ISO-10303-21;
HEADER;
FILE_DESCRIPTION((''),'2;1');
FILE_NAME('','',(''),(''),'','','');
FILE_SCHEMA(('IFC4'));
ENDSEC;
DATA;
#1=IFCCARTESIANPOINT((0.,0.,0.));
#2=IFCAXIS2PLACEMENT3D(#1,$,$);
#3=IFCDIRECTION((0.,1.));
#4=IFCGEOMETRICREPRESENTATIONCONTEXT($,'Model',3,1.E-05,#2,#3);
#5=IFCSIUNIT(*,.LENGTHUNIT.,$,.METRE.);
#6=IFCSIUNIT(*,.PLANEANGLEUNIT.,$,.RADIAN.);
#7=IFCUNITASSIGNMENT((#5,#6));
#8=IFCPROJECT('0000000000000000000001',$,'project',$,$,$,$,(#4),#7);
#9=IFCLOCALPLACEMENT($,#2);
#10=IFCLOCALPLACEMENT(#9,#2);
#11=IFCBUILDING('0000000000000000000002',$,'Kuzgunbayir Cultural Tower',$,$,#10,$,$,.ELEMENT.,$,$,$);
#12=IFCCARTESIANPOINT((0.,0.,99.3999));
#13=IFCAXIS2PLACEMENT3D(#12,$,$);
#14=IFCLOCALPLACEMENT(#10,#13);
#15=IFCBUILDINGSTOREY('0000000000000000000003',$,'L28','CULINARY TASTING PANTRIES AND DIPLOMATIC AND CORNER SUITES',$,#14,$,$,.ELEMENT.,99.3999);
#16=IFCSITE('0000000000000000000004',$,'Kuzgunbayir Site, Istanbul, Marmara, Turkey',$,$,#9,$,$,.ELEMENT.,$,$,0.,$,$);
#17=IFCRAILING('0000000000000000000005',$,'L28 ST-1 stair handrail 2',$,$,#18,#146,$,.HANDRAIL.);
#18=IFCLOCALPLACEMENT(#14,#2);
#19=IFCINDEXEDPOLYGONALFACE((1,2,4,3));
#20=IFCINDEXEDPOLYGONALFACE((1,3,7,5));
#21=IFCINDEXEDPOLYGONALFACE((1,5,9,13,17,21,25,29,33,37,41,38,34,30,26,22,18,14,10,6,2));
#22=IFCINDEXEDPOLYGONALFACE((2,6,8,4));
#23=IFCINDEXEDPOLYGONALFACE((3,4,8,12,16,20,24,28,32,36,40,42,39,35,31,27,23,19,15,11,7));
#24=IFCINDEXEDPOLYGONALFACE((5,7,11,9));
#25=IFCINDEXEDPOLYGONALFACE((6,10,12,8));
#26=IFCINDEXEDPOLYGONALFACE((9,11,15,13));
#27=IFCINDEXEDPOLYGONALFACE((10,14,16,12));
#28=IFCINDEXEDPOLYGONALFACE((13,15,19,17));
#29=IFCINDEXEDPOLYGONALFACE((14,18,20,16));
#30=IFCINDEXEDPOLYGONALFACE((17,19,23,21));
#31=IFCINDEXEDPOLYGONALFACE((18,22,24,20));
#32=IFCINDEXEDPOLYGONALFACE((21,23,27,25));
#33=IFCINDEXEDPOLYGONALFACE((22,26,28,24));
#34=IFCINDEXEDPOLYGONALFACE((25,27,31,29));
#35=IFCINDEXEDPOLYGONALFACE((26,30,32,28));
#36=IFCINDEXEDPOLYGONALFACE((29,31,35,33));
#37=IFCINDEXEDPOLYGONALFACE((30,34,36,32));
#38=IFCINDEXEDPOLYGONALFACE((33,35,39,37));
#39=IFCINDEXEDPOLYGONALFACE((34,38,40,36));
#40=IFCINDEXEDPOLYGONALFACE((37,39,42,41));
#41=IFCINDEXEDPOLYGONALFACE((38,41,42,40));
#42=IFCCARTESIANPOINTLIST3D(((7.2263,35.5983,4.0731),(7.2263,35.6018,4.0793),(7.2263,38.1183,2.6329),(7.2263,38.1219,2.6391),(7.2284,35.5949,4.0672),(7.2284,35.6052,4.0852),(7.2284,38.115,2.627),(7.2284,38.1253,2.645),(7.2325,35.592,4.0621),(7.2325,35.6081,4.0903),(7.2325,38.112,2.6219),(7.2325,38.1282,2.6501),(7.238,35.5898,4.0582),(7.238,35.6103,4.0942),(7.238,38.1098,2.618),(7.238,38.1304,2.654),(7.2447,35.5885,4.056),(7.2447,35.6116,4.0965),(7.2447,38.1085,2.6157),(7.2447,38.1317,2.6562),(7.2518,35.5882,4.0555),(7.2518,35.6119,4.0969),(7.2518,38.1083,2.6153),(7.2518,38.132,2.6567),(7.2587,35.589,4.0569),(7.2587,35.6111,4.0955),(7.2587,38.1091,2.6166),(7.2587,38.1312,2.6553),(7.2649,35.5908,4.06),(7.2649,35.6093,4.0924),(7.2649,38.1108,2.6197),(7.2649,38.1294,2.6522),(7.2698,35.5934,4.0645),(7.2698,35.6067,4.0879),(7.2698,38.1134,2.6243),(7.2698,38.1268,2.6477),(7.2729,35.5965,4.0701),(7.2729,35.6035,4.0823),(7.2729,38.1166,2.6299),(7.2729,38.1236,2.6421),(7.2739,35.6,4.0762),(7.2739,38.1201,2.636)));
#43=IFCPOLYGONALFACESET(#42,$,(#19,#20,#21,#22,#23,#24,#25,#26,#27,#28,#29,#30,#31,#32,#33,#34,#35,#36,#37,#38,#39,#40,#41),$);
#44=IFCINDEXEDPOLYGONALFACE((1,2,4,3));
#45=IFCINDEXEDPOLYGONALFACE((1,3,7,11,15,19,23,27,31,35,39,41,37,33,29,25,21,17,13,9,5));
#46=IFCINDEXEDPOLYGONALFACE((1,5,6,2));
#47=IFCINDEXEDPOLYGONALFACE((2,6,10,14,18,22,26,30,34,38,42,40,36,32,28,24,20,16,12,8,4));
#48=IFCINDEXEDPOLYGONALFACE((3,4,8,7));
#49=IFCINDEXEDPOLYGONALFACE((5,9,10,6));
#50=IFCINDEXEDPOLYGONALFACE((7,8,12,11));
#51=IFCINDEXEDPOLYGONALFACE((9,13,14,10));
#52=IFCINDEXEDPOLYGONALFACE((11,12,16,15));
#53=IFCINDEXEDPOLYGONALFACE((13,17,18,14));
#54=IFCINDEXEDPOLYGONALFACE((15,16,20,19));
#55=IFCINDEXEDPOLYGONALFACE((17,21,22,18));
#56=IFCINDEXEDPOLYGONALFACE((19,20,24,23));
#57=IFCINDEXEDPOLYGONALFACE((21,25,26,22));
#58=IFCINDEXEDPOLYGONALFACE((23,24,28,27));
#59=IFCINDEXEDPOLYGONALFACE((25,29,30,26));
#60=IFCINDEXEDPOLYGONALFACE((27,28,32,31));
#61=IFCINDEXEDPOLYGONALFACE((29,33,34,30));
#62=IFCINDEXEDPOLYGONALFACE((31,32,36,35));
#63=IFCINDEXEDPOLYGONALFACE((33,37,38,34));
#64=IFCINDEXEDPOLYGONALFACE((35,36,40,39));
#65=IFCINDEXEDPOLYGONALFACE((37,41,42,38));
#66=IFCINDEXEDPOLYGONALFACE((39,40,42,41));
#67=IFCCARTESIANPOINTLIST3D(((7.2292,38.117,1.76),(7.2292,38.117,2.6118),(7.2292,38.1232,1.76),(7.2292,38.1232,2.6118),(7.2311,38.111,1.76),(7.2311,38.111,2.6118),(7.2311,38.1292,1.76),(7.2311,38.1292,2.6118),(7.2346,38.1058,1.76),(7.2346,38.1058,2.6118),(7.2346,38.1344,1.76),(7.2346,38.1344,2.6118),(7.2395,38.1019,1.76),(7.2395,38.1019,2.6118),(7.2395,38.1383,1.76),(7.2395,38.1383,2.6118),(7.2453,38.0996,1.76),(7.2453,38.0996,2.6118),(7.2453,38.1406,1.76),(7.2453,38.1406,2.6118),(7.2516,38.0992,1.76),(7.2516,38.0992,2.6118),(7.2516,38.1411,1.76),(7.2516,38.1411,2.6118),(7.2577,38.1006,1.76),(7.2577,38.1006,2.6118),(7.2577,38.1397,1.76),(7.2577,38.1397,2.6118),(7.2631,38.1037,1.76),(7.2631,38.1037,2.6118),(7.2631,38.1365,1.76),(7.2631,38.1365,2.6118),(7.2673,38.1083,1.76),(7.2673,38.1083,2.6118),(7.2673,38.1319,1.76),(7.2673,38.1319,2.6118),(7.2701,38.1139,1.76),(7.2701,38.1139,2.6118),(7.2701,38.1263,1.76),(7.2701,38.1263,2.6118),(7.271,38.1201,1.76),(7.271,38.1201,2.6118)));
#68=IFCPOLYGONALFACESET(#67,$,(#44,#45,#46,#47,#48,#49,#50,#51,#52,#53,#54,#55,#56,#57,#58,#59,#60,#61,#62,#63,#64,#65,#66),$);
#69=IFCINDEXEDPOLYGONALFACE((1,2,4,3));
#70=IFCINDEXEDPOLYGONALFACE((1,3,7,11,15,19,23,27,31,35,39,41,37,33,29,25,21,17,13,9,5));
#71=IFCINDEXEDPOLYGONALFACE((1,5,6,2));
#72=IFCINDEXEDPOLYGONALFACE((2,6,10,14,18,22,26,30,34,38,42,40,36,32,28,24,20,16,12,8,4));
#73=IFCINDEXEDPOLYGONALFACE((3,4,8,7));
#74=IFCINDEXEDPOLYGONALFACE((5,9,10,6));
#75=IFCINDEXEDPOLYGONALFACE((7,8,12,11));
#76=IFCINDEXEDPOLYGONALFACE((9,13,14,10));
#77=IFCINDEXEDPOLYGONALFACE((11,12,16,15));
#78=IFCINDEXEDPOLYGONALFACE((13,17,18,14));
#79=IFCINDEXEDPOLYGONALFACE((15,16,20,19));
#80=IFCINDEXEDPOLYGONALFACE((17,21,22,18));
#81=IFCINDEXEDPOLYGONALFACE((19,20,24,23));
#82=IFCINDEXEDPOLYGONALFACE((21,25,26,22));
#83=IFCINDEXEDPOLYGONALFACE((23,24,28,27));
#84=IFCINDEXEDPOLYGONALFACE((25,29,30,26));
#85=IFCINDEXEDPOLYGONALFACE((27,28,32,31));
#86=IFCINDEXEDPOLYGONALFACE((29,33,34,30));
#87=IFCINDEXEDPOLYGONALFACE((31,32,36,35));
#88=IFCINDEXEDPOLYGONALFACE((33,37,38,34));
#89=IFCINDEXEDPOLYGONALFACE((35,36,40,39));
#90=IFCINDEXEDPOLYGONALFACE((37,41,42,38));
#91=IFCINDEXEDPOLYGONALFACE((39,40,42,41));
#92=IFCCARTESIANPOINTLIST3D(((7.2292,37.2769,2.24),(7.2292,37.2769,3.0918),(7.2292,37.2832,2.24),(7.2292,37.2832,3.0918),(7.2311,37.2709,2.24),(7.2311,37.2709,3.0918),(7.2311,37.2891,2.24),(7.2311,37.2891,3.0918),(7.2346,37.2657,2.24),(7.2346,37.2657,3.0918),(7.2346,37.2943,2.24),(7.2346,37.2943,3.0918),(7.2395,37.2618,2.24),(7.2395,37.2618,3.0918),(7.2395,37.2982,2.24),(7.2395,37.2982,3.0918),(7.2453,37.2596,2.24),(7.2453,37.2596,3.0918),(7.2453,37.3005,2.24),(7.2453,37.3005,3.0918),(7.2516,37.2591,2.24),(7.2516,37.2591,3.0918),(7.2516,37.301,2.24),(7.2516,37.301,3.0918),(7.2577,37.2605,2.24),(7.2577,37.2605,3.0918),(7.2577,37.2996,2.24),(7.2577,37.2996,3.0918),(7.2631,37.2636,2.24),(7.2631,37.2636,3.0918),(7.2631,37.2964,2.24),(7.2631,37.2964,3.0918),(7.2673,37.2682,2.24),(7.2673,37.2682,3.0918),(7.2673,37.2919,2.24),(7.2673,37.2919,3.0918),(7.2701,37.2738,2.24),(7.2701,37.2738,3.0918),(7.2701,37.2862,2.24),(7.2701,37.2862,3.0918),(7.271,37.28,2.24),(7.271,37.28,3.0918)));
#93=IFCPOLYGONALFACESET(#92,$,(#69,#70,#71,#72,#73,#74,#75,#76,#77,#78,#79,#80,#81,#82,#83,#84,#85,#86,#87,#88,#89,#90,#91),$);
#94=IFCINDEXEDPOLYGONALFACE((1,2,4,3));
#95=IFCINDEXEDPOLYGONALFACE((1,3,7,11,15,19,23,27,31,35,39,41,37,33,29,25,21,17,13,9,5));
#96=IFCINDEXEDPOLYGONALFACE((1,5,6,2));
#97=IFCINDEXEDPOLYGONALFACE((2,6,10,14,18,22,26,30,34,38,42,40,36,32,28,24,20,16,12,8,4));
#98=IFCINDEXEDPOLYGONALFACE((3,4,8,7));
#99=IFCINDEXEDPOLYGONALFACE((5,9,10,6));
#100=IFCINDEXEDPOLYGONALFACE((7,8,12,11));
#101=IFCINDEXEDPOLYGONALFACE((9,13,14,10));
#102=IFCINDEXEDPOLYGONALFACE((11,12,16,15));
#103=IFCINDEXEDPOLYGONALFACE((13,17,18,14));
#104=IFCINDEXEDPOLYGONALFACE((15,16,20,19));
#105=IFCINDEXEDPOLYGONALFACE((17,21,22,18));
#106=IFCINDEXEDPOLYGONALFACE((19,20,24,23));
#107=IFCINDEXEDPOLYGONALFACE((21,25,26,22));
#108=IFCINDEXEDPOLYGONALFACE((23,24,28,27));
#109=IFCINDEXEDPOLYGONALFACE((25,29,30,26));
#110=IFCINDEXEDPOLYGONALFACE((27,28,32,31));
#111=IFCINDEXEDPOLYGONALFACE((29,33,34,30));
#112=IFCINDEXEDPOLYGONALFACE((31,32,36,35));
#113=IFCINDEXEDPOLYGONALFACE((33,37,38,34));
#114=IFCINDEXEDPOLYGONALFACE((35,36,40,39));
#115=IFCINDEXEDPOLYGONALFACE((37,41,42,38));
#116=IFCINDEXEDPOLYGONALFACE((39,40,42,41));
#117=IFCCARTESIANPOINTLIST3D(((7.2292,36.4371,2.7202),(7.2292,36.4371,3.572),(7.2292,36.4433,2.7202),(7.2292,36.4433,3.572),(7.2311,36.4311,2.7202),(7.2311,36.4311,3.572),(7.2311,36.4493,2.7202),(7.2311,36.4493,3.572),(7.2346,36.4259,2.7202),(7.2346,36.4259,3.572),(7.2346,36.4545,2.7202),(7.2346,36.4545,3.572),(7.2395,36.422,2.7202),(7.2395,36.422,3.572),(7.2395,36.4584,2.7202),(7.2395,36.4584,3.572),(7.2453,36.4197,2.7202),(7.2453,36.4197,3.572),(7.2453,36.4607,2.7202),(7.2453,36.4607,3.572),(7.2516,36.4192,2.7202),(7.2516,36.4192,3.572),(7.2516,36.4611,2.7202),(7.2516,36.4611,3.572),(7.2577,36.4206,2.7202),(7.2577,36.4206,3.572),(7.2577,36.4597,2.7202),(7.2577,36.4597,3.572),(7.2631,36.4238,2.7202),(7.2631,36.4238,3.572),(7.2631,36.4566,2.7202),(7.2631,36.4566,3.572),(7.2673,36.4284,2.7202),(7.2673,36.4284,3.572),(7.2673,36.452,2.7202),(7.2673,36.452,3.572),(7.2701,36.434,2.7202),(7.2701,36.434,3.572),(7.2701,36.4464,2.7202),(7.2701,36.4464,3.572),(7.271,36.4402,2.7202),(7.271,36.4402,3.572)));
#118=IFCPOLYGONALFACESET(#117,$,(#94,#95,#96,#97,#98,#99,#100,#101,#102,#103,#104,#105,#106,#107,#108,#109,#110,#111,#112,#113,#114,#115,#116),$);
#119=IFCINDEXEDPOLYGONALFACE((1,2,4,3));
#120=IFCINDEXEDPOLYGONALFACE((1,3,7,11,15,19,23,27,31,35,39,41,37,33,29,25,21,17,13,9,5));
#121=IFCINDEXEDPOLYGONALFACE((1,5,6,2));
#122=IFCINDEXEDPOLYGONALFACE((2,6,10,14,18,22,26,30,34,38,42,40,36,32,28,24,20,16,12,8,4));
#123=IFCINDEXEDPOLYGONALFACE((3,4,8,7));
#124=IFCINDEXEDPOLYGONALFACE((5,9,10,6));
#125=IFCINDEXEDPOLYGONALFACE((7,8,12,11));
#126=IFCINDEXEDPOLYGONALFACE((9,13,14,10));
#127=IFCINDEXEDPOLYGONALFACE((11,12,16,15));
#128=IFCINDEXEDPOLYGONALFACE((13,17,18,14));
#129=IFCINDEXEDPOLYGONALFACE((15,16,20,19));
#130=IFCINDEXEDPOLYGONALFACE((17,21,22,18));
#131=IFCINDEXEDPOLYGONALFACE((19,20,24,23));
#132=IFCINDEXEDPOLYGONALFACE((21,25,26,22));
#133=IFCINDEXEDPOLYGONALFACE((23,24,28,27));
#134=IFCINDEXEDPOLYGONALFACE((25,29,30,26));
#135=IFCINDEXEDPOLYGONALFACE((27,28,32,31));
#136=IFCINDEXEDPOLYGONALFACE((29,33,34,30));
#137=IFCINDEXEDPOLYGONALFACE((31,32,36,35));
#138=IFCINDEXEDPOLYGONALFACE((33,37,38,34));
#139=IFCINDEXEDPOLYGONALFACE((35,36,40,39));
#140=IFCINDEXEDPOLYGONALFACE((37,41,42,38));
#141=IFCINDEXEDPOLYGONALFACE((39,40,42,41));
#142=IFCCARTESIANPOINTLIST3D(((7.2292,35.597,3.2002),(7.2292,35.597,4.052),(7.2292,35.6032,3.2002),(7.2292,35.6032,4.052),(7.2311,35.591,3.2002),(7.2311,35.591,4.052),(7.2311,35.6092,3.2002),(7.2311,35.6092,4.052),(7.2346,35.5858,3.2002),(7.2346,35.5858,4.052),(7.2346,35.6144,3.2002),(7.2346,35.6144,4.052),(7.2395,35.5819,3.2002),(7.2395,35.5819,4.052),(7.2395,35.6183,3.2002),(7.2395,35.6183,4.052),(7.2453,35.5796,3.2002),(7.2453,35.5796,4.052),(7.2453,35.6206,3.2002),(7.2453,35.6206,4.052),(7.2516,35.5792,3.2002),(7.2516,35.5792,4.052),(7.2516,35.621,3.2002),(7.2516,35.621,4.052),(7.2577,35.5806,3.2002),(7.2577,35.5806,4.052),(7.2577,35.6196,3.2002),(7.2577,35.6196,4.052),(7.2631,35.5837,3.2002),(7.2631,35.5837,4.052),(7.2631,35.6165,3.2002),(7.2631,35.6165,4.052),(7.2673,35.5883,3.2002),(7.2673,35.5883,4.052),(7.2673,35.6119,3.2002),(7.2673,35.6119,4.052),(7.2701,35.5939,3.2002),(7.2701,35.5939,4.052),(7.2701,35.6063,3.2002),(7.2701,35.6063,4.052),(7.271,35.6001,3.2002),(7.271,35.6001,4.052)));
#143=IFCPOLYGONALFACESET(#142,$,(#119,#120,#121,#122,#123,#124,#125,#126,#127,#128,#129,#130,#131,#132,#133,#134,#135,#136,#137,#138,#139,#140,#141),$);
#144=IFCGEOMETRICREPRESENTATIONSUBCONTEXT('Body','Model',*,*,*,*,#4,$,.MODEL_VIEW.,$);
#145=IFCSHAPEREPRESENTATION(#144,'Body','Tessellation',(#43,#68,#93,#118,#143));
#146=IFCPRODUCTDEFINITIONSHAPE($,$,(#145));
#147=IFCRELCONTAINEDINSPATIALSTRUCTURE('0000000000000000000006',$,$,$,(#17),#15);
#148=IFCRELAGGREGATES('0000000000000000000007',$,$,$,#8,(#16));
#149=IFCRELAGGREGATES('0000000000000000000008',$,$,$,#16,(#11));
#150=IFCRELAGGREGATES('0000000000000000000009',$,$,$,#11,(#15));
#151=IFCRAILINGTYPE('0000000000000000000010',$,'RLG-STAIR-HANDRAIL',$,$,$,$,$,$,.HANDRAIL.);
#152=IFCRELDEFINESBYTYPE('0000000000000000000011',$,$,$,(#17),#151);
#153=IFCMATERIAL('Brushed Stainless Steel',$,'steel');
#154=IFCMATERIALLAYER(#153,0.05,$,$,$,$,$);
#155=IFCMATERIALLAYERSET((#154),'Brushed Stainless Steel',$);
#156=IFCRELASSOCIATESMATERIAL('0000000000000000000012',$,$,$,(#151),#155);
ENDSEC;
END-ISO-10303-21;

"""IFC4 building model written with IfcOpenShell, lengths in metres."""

from ifc_helpers import new_model, si_unit, direction, frame, origin, origin_2d, place, context, subcontext, project, spatial, circle, extrude, material, layer, layer_set, type_object, element, save


model = new_model("IFC4")

# Units and contexts
model_context = context("Model", 3, precision=1e-05, world=origin(), true_north=direction((0.0, 1.0)))
body_context = subcontext(model_context, "Body", "Model", "MODEL_VIEW")
ifc_project = project(units=[si_unit("LENGTHUNIT", "METRE"), si_unit("PLANEANGLEUNIT", "RADIAN")], contexts=[model_context])

# Site, building, storey
site_placement = place(None, origin())
site = spatial("IfcSite", under=ifc_project, at=site_placement, Name="Kuzgunbayir Site, Istanbul, Marmara, Turkey", CompositionType="ELEMENT", RefElevation=0.0)
building_placement = place(site_placement, origin())
building = spatial("IfcBuilding", under=site, at=building_placement, Name="Kuzgunbayir Cultural Tower", CompositionType="ELEMENT")
storey_placement = place(building_placement, frame((0.0, 0.0, 99.3999)))
storey = spatial("IfcBuildingStorey", under=building, at=storey_placement, Name="L28", Description="CULINARY TASTING PANTRIES AND DIPLOMATIC AND CORNER SUITES", CompositionType="ELEMENT", Elevation=99.3999)

# Shared definitions
ifc_material_1 = material(Name="Brushed Stainless Steel", Category="steel")

# Railing
ifc_layer_1 = layer(ifc_material_1, 0.05)
ifc_layer_set_1 = layer_set([ifc_layer_1], Name="Brushed Stainless Steel")
railing_type_1 = type_object("IfcRailingType", Name="RLG-STAIR-HANDRAIL", PredefinedType="HANDRAIL", material=ifc_layer_set_1)
railing_1_placement = place(storey_placement, frame((7.25, 38.1201, 1.76)))
element("IfcRailing", 1, at=railing_1_placement, inside=storey, type_object=railing_type_1, Name="L28 ST-1 stair handrail 2", PredefinedType="HANDRAIL", context=body_context, shape_type="SweptSolid", body=[
    extrude(circle(Radius=0.0239, at=origin_2d()), frame((0.0, 0.0, 0.876), z_axis=(0.0, -0.868217, 0.496184), x_axis=(1.0, 0.0, 0.0)), (0.0, 0.0, 1.0), 2.9026),
    extrude(circle(Radius=0.021, at=origin_2d()), origin(), (0.0, 0.0, 1.0), 0.8518),
    extrude(circle(Radius=0.021, at=origin_2d()), frame((0.0, -0.8401, 0.48)), (0.0, 0.0, 1.0), 0.8518),
    extrude(circle(Radius=0.021, at=origin_2d()), frame((0.0, -1.6799, 0.9602)), (0.0, 0.0, 1.0), 0.8518),
    extrude(circle(Radius=0.021, at=origin_2d()), frame((0.0, -2.52, 1.4402)), (0.0, 0.0, 1.0), 0.8518),
])

save(model, "model.ifc")
